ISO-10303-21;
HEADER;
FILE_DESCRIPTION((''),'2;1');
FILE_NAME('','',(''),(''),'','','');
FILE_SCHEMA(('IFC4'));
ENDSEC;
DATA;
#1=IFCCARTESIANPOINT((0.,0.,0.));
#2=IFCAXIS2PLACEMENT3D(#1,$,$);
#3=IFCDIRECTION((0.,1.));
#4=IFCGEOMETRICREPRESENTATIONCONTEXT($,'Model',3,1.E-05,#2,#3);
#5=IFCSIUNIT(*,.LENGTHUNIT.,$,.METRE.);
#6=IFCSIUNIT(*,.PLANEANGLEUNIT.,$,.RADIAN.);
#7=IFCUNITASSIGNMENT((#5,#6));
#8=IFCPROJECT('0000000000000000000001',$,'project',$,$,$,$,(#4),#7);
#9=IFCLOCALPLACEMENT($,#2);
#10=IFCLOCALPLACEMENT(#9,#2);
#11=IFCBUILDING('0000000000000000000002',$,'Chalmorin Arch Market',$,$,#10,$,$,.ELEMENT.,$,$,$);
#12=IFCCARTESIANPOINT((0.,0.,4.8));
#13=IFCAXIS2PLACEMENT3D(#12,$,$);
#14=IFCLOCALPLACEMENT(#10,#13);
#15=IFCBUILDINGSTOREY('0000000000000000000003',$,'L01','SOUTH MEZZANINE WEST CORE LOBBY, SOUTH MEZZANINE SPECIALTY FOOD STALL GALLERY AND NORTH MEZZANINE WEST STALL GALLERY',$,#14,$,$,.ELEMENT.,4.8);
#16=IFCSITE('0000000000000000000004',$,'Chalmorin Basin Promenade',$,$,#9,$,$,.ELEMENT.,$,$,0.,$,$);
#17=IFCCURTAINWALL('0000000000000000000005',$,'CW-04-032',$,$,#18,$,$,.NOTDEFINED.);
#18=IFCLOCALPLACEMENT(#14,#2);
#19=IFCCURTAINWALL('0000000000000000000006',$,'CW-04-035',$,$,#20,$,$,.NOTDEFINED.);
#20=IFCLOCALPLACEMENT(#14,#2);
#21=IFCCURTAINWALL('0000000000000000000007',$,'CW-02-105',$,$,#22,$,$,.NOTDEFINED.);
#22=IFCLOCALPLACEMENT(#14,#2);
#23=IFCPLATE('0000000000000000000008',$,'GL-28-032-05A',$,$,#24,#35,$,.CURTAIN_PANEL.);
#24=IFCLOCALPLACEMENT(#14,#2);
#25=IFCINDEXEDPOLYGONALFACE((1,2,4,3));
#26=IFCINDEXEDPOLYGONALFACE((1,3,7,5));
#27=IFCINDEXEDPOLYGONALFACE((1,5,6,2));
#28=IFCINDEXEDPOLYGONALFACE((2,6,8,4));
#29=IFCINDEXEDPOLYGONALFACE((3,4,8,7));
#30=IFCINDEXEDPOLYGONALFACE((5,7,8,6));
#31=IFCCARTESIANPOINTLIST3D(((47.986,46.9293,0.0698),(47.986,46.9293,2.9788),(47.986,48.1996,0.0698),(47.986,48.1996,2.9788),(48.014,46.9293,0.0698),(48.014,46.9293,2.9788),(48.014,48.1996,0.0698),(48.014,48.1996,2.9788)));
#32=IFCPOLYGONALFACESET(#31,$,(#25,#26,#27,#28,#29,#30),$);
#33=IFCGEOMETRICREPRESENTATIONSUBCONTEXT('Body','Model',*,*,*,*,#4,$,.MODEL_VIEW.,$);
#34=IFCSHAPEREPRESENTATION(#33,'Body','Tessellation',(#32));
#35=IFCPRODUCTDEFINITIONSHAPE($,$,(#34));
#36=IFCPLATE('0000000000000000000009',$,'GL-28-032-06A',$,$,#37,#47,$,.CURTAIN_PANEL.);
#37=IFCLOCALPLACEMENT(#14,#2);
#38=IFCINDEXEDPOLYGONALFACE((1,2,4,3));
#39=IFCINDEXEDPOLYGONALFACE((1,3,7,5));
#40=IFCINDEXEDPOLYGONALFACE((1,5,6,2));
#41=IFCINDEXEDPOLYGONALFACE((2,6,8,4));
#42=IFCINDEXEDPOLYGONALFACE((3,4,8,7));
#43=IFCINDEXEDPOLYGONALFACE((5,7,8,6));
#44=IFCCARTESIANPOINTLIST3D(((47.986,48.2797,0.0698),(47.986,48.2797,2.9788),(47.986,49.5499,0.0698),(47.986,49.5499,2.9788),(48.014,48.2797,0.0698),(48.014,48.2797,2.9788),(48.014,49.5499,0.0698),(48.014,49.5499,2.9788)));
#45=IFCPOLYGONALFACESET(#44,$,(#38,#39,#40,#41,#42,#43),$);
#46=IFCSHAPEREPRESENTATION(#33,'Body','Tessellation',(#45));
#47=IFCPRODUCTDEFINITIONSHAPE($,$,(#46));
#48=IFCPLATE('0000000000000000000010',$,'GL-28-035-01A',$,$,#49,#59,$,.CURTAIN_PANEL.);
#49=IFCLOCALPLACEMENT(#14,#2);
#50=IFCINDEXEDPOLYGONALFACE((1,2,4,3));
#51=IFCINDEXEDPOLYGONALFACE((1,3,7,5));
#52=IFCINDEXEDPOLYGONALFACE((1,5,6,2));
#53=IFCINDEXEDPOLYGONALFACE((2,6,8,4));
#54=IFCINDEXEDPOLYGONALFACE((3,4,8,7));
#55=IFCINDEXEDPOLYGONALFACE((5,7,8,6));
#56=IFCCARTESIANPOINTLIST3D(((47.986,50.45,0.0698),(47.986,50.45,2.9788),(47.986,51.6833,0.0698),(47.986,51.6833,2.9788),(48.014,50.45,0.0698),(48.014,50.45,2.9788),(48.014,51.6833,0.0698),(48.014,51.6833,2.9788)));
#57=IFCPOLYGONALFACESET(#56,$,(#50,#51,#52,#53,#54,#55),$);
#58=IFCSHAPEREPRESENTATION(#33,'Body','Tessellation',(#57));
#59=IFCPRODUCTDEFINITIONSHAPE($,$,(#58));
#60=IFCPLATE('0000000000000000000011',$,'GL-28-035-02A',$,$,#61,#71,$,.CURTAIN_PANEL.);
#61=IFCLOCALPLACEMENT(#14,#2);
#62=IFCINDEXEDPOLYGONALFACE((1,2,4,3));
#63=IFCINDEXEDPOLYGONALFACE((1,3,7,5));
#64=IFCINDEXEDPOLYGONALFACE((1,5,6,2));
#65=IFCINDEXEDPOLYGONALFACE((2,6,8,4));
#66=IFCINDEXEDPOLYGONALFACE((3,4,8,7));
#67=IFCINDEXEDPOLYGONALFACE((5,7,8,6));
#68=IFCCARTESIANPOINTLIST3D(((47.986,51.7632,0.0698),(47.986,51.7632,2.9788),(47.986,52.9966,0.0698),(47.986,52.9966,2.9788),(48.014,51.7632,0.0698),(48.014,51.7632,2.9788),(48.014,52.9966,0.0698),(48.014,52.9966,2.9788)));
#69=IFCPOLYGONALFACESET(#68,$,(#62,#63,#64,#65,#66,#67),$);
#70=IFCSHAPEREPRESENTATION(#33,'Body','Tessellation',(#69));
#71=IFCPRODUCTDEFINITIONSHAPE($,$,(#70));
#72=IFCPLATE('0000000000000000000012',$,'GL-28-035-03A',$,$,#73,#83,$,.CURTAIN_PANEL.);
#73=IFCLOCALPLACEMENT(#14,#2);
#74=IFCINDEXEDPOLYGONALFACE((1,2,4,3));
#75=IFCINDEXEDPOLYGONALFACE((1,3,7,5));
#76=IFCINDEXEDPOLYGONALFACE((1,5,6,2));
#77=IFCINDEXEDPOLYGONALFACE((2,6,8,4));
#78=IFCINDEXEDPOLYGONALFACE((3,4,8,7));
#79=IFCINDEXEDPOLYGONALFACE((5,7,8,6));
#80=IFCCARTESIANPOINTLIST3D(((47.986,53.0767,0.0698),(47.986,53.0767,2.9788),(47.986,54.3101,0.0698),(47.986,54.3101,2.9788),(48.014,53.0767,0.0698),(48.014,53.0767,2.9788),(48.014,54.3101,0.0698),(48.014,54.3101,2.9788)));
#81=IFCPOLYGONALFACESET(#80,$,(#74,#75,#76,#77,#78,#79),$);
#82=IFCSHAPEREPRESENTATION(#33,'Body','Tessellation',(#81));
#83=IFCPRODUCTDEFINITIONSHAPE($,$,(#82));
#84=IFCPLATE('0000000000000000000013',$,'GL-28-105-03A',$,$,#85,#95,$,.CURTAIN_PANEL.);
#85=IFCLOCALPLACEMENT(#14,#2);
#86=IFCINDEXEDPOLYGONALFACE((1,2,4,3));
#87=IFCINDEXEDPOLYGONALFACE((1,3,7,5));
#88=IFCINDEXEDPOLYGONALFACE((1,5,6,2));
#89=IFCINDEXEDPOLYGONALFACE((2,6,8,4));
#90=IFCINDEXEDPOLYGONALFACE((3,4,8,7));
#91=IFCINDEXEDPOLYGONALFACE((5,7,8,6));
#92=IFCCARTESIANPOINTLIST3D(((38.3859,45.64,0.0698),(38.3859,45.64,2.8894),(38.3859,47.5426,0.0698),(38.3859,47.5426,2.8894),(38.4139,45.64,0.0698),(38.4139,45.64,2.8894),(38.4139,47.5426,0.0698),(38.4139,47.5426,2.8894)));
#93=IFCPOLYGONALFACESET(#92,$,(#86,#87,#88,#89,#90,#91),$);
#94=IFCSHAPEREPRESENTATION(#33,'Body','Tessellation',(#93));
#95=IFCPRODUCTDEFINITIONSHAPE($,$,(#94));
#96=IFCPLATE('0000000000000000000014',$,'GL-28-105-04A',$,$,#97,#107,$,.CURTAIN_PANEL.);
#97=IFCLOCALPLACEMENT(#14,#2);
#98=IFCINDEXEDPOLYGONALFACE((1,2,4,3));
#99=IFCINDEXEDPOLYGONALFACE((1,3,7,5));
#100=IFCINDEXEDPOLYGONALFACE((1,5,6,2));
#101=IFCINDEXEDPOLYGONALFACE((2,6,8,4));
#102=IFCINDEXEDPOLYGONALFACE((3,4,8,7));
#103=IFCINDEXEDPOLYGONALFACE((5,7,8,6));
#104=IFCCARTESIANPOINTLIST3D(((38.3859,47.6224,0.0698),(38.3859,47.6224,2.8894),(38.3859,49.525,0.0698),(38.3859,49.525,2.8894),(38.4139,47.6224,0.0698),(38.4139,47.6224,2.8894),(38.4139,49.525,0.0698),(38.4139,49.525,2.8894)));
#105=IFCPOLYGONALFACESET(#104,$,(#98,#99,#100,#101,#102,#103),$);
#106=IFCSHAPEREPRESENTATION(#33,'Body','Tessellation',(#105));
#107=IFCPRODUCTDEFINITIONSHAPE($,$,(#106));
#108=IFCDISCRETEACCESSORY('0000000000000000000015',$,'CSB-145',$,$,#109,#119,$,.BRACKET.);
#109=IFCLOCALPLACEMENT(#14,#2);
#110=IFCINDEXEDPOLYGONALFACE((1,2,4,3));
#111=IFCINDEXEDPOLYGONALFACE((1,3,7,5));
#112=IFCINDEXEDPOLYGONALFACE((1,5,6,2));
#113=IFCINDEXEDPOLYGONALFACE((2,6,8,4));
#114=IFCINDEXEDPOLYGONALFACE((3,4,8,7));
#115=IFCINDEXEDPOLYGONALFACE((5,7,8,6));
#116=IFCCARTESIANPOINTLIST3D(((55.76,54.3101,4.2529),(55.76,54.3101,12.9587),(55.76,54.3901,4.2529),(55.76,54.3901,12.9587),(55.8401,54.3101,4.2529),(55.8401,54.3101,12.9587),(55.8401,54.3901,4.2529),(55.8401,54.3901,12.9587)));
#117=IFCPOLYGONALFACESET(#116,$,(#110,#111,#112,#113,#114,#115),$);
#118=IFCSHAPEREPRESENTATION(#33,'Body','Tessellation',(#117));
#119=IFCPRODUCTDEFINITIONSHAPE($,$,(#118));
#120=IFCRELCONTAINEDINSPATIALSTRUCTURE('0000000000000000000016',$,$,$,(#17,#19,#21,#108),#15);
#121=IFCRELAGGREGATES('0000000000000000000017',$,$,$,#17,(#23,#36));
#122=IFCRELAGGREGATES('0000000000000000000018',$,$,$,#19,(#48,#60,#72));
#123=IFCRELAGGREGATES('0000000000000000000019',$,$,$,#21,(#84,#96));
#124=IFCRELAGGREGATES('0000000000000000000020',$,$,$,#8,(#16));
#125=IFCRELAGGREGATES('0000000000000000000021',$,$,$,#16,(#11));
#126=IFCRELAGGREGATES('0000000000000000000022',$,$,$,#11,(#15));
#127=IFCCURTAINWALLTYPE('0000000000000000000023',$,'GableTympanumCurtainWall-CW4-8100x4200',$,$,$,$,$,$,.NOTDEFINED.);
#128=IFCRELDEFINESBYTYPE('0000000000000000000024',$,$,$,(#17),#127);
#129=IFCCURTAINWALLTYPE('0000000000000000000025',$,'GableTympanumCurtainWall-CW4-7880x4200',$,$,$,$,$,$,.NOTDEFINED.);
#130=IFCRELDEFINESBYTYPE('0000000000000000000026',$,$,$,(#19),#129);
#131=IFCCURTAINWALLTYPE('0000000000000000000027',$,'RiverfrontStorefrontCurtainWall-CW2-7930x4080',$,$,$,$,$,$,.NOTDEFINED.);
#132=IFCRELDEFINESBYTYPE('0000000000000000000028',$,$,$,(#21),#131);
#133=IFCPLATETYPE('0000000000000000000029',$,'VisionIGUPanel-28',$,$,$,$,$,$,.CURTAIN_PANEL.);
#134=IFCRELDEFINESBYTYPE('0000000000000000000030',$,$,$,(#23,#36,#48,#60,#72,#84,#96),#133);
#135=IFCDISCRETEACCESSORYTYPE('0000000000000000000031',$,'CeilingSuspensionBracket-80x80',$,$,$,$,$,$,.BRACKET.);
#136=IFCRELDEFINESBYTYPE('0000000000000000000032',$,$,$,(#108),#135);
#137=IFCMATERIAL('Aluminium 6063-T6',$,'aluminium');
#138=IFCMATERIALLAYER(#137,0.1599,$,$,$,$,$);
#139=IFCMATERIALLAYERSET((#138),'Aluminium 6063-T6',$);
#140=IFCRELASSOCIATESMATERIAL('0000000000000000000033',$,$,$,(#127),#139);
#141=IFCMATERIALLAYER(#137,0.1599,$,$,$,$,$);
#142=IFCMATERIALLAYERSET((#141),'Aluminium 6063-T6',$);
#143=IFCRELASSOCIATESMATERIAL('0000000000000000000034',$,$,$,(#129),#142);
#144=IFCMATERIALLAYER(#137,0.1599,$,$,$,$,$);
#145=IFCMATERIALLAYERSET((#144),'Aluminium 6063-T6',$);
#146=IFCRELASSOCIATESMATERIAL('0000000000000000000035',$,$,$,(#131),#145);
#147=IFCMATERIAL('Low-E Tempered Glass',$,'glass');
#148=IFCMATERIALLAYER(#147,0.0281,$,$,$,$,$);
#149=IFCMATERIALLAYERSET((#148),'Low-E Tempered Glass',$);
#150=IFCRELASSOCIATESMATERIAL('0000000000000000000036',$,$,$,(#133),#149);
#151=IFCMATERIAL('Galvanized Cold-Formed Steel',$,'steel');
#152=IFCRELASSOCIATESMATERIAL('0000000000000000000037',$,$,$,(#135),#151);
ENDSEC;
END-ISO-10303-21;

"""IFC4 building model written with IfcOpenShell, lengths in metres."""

from ifc_helpers import new_model, si_unit, direction, frame, origin, origin_2d, place, context, subcontext, project, spatial, rectangle, extrude, material, layer, layer_set, type_object, element, aggregate, save


model = new_model("IFC4")

# Units and contexts
model_context = context("Model", 3, precision=1e-05, world=origin(), true_north=direction((0.0, 1.0)))
body_context = subcontext(model_context, "Body", "Model", "MODEL_VIEW")
ifc_project = project(units=[si_unit("LENGTHUNIT", "METRE"), si_unit("PLANEANGLEUNIT", "RADIAN")], contexts=[model_context])

# Site, building, storey
site_placement = place(None, origin())
site = spatial("IfcSite", under=ifc_project, at=site_placement, Name="Chalmorin Basin Promenade", CompositionType="ELEMENT", RefElevation=0.0)
building_placement = place(site_placement, origin())
building = spatial("IfcBuilding", under=site, at=building_placement, Name="Chalmorin Arch Market", CompositionType="ELEMENT")
storey_placement = place(building_placement, frame((0.0, 0.0, 4.8)))
storey = spatial("IfcBuildingStorey", under=building, at=storey_placement, Name="L01", Description="SOUTH MEZZANINE WEST CORE LOBBY, SOUTH MEZZANINE SPECIALTY FOOD STALL GALLERY AND NORTH MEZZANINE WEST STALL GALLERY", CompositionType="ELEMENT", Elevation=4.8)

# Curtain walls
ifc_material_1 = material(Name="Aluminium 6063-T6", Category="aluminium")
ifc_layer_1 = layer(ifc_material_1, 0.1599)
ifc_layer_set_1 = layer_set([ifc_layer_1], Name="Aluminium 6063-T6")
curtain_wall_type_1 = type_object("IfcCurtainWallType", Name="GableTympanumCurtainWall-CW4-8100x4200", PredefinedType="NOTDEFINED", material=ifc_layer_set_1)
curtain_wall_1_placement = place(storey_placement, origin())
curtain_wall_1 = element("IfcCurtainWall", 1, at=curtain_wall_1_placement, inside=storey, type_object=curtain_wall_type_1, Name="CW-04-032", PredefinedType="NOTDEFINED")
ifc_layer_2 = layer(ifc_material_1, 0.1599)
ifc_layer_set_2 = layer_set([ifc_layer_2], Name="Aluminium 6063-T6")
curtain_wall_type_2 = type_object("IfcCurtainWallType", Name="GableTympanumCurtainWall-CW4-7880x4200", PredefinedType="NOTDEFINED", material=ifc_layer_set_2)
curtain_wall_2_placement = place(storey_placement, origin())
curtain_wall_2 = element("IfcCurtainWall", 2, at=curtain_wall_2_placement, inside=storey, type_object=curtain_wall_type_2, Name="CW-04-035", PredefinedType="NOTDEFINED")
ifc_layer_3 = layer(ifc_material_1, 0.1599)
ifc_layer_set_3 = layer_set([ifc_layer_3], Name="Aluminium 6063-T6")
curtain_wall_type_3 = type_object("IfcCurtainWallType", Name="RiverfrontStorefrontCurtainWall-CW2-7930x4080", PredefinedType="NOTDEFINED", material=ifc_layer_set_3)
curtain_wall_3_placement = place(storey_placement, origin())
curtain_wall_3 = element("IfcCurtainWall", 3, at=curtain_wall_3_placement, inside=storey, type_object=curtain_wall_type_3, Name="CW-02-105", PredefinedType="NOTDEFINED")

# Plates
ifc_material_2 = material(Name="Low-E Tempered Glass", Category="glass")
ifc_layer_4 = layer(ifc_material_2, 0.0281)
ifc_layer_set_4 = layer_set([ifc_layer_4], Name="Low-E Tempered Glass")
plate_type_1 = type_object("IfcPlateType", Name="VisionIGUPanel-28", PredefinedType="CURTAIN_PANEL", material=ifc_layer_set_4)
plate_1_placement = place(storey_placement, frame((48.0, 47.5645, 0.0698), z_axis=(0.0, 0.0, 1.0), x_axis=(0.0, 1.0, 0.0)))
plate_1 = element("IfcPlate", 4, at=plate_1_placement, type_object=plate_type_1, Name="GL-28-032-05A", PredefinedType="CURTAIN_PANEL", context=body_context, shape_type="SweptSolid", body=[
    extrude(rectangle(XDim=1.2703, YDim=0.0281, at=origin_2d()), origin(), (0.0, 0.0, 1.0), 2.9089),
])
plate_2_placement = place(storey_placement, frame((48.0, 48.9148, 0.0698), z_axis=(0.0, 0.0, 1.0), x_axis=(0.0, 1.0, 0.0)))
plate_2 = element("IfcPlate", 5, at=plate_2_placement, type_object=plate_type_1, Name="GL-28-032-06A", PredefinedType="CURTAIN_PANEL", context=body_context, shape_type="SweptSolid", body=[
    extrude(rectangle(XDim=1.2703, YDim=0.0281, at=origin_2d()), origin(), (0.0, 0.0, 1.0), 2.9089),
])
aggregate(curtain_wall_1, [plate_1, plate_2])
plate_3_placement = place(storey_placement, frame((48.0, 51.0667, 0.0698), z_axis=(0.0, 0.0, 1.0), x_axis=(0.0, 1.0, 0.0)))
plate_3 = element("IfcPlate", 6, at=plate_3_placement, type_object=plate_type_1, Name="GL-28-035-01A", PredefinedType="CURTAIN_PANEL", context=body_context, shape_type="SweptSolid", body=[
    extrude(rectangle(XDim=1.2334, YDim=0.0281, at=origin_2d()), origin(), (0.0, 0.0, 1.0), 2.9089),
])
plate_4_placement = place(storey_placement, frame((48.0, 52.3799, 0.0698), z_axis=(0.0, 0.0, 1.0), x_axis=(0.0, 1.0, 0.0)))
plate_4 = element("IfcPlate", 7, at=plate_4_placement, type_object=plate_type_1, Name="GL-28-035-02A", PredefinedType="CURTAIN_PANEL", context=body_context, shape_type="SweptSolid", body=[
    extrude(rectangle(XDim=1.2334, YDim=0.0281, at=origin_2d()), origin(), (0.0, 0.0, 1.0), 2.9089),
])
plate_5_placement = place(storey_placement, frame((48.0, 53.6934, 0.0698), z_axis=(0.0, 0.0, 1.0), x_axis=(0.0, 1.0, 0.0)))
plate_5 = element("IfcPlate", 8, at=plate_5_placement, type_object=plate_type_1, Name="GL-28-035-03A", PredefinedType="CURTAIN_PANEL", context=body_context, shape_type="SweptSolid", body=[
    extrude(rectangle(XDim=1.2334, YDim=0.0281, at=origin_2d()), origin(), (0.0, 0.0, 1.0), 2.9089),
])
aggregate(curtain_wall_2, [plate_3, plate_4, plate_5])
plate_6_placement = place(storey_placement, frame((38.3999, 46.5913, 0.0698), z_axis=(0.0, 0.0, 1.0), x_axis=(0.0, 1.0, 0.0)))
plate_6 = element("IfcPlate", 9, at=plate_6_placement, type_object=plate_type_1, Name="GL-28-105-03A", PredefinedType="CURTAIN_PANEL", context=body_context, shape_type="SweptSolid", body=[
    extrude(rectangle(XDim=1.9026, YDim=0.0281, at=origin_2d()), origin(), (0.0, 0.0, 1.0), 2.8196),
])
plate_7_placement = place(storey_placement, frame((38.3999, 48.5737, 0.0698), z_axis=(0.0, 0.0, 1.0), x_axis=(0.0, 1.0, 0.0)))
plate_7 = element("IfcPlate", 10, at=plate_7_placement, type_object=plate_type_1, Name="GL-28-105-04A", PredefinedType="CURTAIN_PANEL", context=body_context, shape_type="SweptSolid", body=[
    extrude(rectangle(XDim=1.9026, YDim=0.0281, at=origin_2d()), origin(), (0.0, 0.0, 1.0), 2.8196),
])
aggregate(curtain_wall_3, [plate_6, plate_7])

# Discrete accessory
ifc_material_3 = material(Name="Galvanized Cold-Formed Steel", Category="steel")
discrete_accessory_type = type_object("IfcDiscreteAccessoryType", Name="CeilingSuspensionBracket-80x80", PredefinedType="BRACKET", material=ifc_material_3)
discrete_accessory_placement = place(storey_placement, frame((55.8, 54.3501, 4.2529), z_axis=(0.0, 0.0, 1.0), x_axis=(1.0, 0.0, 0.0)))
element("IfcDiscreteAccessory", 11, at=discrete_accessory_placement, inside=storey, type_object=discrete_accessory_type, Name="CSB-145", PredefinedType="BRACKET", context=body_context, shape_type="SweptSolid", body=[
    extrude(rectangle(XDim=0.0801, YDim=0.0801, at=origin_2d()), origin(), (0.0, 0.0, 1.0), 8.7058),
])

save(model, "model.ifc")
